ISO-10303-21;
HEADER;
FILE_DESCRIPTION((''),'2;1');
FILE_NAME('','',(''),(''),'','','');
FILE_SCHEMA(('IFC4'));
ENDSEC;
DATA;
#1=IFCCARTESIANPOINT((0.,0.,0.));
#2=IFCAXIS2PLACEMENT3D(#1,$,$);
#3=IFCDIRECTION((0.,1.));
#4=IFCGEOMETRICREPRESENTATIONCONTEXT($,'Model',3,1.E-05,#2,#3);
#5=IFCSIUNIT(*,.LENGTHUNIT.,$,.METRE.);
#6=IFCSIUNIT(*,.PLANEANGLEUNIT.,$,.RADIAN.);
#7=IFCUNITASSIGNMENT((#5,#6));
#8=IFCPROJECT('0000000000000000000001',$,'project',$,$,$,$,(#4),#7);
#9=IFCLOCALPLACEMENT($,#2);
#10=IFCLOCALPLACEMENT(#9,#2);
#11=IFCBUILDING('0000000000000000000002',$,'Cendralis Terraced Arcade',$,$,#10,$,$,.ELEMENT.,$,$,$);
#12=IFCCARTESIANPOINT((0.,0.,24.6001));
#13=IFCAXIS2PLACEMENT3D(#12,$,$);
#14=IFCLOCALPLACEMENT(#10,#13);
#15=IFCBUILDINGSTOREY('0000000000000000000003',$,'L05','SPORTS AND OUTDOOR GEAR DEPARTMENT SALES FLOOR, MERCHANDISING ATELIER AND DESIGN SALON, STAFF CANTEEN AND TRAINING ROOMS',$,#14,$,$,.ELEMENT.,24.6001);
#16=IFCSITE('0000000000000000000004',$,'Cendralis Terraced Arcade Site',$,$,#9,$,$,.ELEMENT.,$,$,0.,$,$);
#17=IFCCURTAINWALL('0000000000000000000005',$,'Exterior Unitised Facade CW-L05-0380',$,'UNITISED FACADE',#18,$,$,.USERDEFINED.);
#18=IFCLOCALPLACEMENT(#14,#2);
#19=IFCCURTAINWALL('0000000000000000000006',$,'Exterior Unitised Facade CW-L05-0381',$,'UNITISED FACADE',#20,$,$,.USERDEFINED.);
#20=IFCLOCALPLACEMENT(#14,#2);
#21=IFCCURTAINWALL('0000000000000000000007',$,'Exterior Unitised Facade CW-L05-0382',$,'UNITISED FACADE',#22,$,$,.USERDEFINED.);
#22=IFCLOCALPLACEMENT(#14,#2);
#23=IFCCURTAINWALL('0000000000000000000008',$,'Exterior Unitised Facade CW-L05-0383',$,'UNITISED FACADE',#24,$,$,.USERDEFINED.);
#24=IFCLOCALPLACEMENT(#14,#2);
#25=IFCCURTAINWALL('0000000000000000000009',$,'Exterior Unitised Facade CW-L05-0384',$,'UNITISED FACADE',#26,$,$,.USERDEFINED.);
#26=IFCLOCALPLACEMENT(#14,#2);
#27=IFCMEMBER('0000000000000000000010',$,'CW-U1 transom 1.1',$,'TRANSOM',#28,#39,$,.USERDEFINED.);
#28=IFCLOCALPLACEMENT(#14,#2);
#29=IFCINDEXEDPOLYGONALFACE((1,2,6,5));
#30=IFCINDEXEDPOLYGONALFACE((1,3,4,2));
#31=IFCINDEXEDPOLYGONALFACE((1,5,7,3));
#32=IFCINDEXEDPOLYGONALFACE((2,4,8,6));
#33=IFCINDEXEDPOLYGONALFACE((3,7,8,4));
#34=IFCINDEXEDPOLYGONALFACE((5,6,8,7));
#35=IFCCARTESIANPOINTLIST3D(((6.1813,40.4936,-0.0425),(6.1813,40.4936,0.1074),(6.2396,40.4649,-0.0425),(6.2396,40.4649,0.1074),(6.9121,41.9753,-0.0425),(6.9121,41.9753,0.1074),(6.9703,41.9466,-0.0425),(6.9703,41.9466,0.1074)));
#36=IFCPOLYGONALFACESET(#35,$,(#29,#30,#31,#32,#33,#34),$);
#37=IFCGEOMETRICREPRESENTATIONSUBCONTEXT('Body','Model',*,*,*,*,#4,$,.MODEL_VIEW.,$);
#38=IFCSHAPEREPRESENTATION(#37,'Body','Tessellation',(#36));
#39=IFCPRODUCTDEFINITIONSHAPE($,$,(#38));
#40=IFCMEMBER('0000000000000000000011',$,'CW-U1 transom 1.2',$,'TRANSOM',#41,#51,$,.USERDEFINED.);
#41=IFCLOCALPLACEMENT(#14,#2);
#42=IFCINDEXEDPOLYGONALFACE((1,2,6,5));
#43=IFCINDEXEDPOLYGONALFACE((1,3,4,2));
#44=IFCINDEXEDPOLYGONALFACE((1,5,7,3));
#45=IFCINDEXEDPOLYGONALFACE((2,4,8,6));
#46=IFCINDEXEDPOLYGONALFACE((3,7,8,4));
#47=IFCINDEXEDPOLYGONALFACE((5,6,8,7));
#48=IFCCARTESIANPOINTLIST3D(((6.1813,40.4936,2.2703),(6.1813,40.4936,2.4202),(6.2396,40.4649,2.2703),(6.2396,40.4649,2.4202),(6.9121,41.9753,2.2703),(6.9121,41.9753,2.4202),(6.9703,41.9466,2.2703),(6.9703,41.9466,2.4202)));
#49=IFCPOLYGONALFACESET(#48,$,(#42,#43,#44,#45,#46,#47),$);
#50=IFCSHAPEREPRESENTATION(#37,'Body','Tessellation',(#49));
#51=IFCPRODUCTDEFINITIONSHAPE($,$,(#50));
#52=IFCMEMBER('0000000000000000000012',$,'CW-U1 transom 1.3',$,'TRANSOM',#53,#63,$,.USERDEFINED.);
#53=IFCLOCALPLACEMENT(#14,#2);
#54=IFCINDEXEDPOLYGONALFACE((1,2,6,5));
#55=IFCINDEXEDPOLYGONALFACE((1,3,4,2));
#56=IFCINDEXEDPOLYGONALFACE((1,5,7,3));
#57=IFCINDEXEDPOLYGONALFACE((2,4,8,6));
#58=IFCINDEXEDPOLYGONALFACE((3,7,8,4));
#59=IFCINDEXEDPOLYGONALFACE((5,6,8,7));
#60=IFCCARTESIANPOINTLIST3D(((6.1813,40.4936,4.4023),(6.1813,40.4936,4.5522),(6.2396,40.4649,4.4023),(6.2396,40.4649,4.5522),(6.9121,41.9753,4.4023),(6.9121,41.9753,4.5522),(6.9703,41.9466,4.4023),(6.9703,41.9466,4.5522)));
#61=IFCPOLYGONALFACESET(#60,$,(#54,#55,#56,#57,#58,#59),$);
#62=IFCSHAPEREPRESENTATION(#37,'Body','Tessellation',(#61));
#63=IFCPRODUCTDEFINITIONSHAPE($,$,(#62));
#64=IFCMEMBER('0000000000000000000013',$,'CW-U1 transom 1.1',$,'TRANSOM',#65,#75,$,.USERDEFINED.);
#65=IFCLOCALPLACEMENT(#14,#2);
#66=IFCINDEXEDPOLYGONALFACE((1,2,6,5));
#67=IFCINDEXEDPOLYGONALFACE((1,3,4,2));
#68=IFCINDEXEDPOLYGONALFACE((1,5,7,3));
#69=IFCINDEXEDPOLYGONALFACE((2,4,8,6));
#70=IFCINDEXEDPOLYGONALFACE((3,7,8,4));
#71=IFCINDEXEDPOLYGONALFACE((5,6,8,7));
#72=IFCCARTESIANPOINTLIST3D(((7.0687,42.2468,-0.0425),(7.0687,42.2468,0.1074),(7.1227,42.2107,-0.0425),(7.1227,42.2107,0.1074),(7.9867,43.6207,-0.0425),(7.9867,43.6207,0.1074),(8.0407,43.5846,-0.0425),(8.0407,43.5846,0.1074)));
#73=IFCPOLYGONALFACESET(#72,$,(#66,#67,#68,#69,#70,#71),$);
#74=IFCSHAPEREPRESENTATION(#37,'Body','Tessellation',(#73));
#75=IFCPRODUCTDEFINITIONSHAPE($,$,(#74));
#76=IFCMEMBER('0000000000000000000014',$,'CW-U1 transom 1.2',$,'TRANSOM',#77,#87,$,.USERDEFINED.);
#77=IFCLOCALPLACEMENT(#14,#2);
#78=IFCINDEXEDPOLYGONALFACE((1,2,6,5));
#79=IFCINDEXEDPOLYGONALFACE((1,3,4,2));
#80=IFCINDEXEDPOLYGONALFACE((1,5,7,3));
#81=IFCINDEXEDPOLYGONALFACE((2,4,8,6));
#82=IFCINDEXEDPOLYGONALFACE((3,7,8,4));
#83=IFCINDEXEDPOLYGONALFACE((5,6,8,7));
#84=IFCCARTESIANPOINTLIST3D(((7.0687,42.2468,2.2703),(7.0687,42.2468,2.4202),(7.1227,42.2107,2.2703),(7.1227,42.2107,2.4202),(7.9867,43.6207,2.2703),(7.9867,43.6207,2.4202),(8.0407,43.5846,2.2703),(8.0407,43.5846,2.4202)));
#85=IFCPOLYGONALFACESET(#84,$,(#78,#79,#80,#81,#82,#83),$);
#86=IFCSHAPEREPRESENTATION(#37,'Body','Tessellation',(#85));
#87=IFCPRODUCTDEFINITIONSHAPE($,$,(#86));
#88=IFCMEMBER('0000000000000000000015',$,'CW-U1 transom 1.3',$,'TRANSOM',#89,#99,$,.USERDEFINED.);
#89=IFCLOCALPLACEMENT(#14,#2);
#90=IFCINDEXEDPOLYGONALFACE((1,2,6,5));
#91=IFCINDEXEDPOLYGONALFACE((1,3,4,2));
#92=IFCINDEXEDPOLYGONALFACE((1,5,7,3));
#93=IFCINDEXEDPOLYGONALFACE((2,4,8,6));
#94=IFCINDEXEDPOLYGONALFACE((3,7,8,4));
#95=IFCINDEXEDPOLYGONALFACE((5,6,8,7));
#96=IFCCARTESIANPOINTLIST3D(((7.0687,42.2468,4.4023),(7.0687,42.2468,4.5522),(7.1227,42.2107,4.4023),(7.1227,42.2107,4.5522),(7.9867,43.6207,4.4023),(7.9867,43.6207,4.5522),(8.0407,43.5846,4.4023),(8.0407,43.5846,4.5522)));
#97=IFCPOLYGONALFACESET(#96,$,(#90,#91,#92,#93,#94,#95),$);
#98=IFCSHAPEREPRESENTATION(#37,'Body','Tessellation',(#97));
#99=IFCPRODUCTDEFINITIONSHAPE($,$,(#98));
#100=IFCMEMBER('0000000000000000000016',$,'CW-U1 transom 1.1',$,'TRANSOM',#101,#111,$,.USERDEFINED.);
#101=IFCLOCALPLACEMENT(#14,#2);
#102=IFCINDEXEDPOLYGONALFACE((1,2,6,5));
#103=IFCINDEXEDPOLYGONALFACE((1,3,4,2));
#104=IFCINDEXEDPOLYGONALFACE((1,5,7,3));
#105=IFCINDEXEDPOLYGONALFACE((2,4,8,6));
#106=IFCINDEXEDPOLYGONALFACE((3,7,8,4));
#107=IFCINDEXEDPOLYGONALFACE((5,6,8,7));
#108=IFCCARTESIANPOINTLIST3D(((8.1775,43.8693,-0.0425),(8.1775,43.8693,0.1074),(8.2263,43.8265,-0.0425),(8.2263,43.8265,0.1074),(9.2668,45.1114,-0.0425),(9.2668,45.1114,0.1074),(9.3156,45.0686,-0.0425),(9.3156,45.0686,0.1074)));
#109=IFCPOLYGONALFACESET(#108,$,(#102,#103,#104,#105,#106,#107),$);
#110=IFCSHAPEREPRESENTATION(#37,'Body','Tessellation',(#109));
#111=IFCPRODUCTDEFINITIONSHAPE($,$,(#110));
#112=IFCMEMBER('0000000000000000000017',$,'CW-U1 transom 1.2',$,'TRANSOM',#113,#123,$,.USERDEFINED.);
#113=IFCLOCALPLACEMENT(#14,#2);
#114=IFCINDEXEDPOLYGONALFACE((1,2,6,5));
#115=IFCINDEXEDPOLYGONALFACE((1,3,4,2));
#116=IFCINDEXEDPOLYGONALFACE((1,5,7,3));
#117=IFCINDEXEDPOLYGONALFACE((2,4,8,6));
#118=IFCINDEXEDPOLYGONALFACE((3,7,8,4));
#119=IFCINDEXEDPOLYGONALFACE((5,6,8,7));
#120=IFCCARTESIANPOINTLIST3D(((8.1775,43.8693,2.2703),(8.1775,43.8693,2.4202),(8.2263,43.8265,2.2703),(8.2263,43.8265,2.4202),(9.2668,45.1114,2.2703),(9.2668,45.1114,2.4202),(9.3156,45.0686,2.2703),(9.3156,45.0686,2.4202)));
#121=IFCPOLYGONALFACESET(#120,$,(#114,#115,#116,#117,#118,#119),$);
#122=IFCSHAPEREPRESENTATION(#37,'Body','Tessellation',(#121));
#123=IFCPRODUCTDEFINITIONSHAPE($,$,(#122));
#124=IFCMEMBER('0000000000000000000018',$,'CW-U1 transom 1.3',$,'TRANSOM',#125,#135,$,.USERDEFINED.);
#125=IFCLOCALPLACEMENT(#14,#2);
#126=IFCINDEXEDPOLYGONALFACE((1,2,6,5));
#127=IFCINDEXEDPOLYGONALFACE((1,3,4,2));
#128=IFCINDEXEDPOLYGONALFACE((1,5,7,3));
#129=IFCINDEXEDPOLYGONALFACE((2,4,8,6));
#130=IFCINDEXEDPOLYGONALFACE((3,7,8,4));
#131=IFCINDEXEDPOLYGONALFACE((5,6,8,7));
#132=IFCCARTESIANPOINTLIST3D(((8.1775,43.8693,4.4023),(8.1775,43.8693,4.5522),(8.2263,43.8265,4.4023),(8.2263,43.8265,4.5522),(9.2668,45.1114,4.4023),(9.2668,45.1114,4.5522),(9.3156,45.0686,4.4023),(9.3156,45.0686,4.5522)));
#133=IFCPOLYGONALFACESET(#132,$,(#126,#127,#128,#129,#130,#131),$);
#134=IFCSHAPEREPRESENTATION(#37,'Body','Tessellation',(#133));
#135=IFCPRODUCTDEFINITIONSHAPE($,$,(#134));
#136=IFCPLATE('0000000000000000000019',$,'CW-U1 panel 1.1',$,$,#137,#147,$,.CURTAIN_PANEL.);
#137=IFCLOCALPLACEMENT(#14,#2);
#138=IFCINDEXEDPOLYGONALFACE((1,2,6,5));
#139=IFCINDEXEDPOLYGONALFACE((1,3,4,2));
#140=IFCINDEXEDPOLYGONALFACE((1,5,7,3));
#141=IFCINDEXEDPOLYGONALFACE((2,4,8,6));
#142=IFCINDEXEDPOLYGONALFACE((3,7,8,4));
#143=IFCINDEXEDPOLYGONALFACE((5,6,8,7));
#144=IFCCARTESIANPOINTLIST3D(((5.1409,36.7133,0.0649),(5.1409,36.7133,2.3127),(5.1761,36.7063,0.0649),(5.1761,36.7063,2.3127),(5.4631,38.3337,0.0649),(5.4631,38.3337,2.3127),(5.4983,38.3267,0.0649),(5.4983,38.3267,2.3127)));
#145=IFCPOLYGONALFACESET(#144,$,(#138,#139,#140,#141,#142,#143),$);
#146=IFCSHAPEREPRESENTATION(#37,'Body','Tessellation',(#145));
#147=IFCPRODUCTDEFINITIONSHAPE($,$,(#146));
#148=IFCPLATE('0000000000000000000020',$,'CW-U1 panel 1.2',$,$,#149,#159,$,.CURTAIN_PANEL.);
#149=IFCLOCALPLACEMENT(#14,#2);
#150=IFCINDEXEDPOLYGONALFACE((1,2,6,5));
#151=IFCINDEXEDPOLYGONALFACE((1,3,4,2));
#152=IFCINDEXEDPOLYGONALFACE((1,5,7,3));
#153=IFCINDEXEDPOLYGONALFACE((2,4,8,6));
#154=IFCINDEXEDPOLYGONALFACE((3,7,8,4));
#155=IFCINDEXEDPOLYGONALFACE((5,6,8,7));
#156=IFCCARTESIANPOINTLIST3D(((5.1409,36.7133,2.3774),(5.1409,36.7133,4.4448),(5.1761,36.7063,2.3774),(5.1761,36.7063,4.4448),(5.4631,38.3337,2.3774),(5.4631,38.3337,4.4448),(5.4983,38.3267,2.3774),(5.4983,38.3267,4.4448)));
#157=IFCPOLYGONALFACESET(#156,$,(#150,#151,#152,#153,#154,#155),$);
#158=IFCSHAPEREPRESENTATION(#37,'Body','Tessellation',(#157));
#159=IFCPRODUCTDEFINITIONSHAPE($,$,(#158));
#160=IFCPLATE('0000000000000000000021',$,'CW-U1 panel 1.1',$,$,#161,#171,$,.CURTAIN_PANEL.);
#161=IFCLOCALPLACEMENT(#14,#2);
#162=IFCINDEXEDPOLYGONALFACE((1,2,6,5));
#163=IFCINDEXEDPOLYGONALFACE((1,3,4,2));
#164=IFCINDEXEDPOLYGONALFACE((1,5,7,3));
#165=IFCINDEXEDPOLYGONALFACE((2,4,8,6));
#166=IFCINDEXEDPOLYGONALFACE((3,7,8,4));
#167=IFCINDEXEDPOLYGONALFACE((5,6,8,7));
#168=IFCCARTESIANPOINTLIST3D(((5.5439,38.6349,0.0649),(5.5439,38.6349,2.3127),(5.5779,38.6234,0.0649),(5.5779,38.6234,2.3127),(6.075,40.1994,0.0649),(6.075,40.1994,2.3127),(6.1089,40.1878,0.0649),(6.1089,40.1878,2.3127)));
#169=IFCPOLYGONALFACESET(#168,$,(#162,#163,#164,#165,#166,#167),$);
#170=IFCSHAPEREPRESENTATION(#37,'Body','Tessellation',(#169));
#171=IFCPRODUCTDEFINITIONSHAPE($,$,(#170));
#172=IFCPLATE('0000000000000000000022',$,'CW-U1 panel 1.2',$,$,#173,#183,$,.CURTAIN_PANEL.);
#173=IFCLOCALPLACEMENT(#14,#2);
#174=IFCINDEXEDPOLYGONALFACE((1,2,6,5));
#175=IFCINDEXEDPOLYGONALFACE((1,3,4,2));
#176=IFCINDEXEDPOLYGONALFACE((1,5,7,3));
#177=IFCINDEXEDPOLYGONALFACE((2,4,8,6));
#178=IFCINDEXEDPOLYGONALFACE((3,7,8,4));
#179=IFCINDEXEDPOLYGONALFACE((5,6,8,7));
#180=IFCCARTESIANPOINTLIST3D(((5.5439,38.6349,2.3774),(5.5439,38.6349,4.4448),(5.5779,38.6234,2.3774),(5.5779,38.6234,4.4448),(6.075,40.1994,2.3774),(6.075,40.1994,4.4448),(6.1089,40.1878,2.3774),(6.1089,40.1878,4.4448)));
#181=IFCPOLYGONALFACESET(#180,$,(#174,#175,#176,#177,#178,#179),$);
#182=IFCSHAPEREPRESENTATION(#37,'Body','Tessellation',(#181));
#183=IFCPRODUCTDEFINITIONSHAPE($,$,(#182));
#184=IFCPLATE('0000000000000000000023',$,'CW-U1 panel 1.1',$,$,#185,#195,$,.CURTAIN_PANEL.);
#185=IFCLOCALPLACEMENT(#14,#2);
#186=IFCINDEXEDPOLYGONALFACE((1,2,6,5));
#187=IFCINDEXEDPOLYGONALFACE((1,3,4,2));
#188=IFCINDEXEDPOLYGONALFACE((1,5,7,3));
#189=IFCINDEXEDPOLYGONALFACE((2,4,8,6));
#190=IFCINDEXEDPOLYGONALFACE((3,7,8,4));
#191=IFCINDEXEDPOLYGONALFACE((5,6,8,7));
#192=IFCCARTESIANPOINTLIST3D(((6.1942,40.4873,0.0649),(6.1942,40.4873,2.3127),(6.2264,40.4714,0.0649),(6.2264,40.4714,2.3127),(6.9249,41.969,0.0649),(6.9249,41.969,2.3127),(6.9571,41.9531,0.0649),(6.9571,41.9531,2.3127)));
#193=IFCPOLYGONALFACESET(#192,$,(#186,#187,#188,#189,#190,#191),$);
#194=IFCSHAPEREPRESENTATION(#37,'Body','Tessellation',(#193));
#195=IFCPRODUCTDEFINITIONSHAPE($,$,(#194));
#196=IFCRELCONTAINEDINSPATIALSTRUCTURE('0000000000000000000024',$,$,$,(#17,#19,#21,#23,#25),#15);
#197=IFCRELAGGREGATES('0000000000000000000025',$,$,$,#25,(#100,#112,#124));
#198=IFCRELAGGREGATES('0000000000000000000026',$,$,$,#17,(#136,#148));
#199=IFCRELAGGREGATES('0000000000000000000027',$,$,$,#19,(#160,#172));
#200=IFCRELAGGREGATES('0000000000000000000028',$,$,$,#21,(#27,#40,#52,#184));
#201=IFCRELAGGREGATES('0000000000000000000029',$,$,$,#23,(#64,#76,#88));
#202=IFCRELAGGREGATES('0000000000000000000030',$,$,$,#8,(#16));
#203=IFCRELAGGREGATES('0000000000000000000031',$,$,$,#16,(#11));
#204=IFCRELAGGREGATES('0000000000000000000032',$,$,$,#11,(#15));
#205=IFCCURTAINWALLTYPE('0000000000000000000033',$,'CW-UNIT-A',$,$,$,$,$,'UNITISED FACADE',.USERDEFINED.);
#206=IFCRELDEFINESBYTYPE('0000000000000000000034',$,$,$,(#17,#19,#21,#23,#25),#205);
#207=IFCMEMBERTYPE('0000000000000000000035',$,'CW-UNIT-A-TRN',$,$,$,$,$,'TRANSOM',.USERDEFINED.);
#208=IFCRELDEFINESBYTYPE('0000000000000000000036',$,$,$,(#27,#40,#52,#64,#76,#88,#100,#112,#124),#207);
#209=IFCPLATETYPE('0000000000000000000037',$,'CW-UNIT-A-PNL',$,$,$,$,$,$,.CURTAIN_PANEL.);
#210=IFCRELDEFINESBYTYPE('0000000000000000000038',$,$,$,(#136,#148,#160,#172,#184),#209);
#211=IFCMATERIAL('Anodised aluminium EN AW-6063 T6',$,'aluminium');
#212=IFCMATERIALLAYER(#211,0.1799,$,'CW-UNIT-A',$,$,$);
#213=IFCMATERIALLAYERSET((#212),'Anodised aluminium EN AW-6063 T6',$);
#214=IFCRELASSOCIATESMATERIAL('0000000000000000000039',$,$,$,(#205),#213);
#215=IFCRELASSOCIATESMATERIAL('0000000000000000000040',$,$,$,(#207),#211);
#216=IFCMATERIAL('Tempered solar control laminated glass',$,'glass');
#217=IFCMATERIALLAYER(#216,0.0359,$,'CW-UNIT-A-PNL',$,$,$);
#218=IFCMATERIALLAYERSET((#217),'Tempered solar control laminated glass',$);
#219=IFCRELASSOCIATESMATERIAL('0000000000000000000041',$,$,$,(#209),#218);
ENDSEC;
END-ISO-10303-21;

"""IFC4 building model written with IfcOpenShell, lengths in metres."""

from ifc_helpers import new_model, si_unit, direction, frame, origin, origin_2d, place, context, subcontext, project, spatial, rectangle, extrude, material, layer, layer_set, material_profile, profile_set, type_object, element, aggregate, save


model = new_model("IFC4")

# Units and contexts
model_context = context("Model", 3, precision=1e-05, world=origin(), true_north=direction((0.0, 1.0)))
body_context = subcontext(model_context, "Body", "Model", "MODEL_VIEW")
ifc_project = project(units=[si_unit("LENGTHUNIT", "METRE"), si_unit("PLANEANGLEUNIT", "RADIAN")], contexts=[model_context])

# Site, building, storey
site_placement = place(None, origin())
site = spatial("IfcSite", under=ifc_project, at=site_placement, Name="Cendralis Terraced Arcade Site", CompositionType="ELEMENT", RefElevation=0.0)
building_placement = place(site_placement, origin())
building = spatial("IfcBuilding", under=site, at=building_placement, Name="Cendralis Terraced Arcade", CompositionType="ELEMENT")
storey_placement = place(building_placement, frame((0.0, 0.0, 24.6001)))
storey = spatial("IfcBuildingStorey", under=building, at=storey_placement, Name="L05", Description="SPORTS AND OUTDOOR GEAR DEPARTMENT SALES FLOOR, MERCHANDISING ATELIER AND DESIGN SALON, STAFF CANTEEN AND TRAINING ROOMS", CompositionType="ELEMENT", Elevation=24.6001)

# Curtain walls
ifc_material_1 = material(Name="Anodised aluminium EN AW-6063 T6", Category="aluminium")
ifc_layer_1 = layer(ifc_material_1, 0.1799, Name="CW-UNIT-A")
ifc_layer_set_1 = layer_set([ifc_layer_1], Name="Anodised aluminium EN AW-6063 T6")
curtain_wall_type = type_object("IfcCurtainWallType", Name="CW-UNIT-A", ElementType="UNITISED FACADE", PredefinedType="USERDEFINED", material=ifc_layer_set_1)
curtain_wall_1_placement = place(storey_placement, origin())
curtain_wall_1 = element("IfcCurtainWall", 1, at=curtain_wall_1_placement, inside=storey, type_object=curtain_wall_type, Name="Exterior Unitised Facade CW-L05-0380", ObjectType="UNITISED FACADE", PredefinedType="USERDEFINED")
curtain_wall_2_placement = place(storey_placement, origin())
curtain_wall_2 = element("IfcCurtainWall", 2, at=curtain_wall_2_placement, inside=storey, type_object=curtain_wall_type, Name="Exterior Unitised Facade CW-L05-0381", ObjectType="UNITISED FACADE", PredefinedType="USERDEFINED")
curtain_wall_3_placement = place(storey_placement, origin())
curtain_wall_3 = element("IfcCurtainWall", 3, at=curtain_wall_3_placement, inside=storey, type_object=curtain_wall_type, Name="Exterior Unitised Facade CW-L05-0382", ObjectType="UNITISED FACADE", PredefinedType="USERDEFINED")
curtain_wall_4_placement = place(storey_placement, origin())
curtain_wall_4 = element("IfcCurtainWall", 4, at=curtain_wall_4_placement, inside=storey, type_object=curtain_wall_type, Name="Exterior Unitised Facade CW-L05-0383", ObjectType="UNITISED FACADE", PredefinedType="USERDEFINED")

# Curtain wall
curtain_wall_5_placement = place(storey_placement, origin())
curtain_wall_5 = element("IfcCurtainWall", 5, at=curtain_wall_5_placement, inside=storey, type_object=curtain_wall_type, Name="Exterior Unitised Facade CW-L05-0384", ObjectType="UNITISED FACADE", PredefinedType="USERDEFINED")

# Members
ifc_material_profile_1 = material_profile(ifc_material_1, rectangle(XDim=0.0649, YDim=0.1499, at=origin_2d()), Name="ALU-TRN-65x150")
ifc_profile_set_1 = profile_set([ifc_material_profile_1], Name="Anodised aluminium EN AW-6063 T6")
member_type_1 = type_object("IfcMemberType", Name="CW-UNIT-A-TRN", ElementType="TRANSOM", PredefinedType="USERDEFINED", material=ifc_profile_set_1)
member_1_placement = place(storey_placement, frame((6.2104, 40.4792, 0.0325), z_axis=(0.442301, 0.896867, 0.0), x_axis=(-0.896867, 0.442301, 0.0)))
member_1 = element("IfcMember", 6, at=member_1_placement, type_object=member_type_1, Name="CW-U1 transom 1.1", ObjectType="TRANSOM", PredefinedType="USERDEFINED", context=body_context, shape_type="SweptSolid", body=[
    extrude(rectangle(XDim=0.0649, YDim=0.1499, at=origin_2d()), origin(), (0.0, 0.0, 1.0), 1.6521),
])
member_2_placement = place(storey_placement, frame((6.2104, 40.4792, 2.3452), z_axis=(0.442301, 0.896867, 0.0), x_axis=(-0.896867, 0.442301, 0.0)))
member_2 = element("IfcMember", 7, at=member_2_placement, type_object=member_type_1, Name="CW-U1 transom 1.2", ObjectType="TRANSOM", PredefinedType="USERDEFINED", context=body_context, shape_type="SweptSolid", body=[
    extrude(rectangle(XDim=0.0649, YDim=0.1499, at=origin_2d()), origin(), (0.0, 0.0, 1.0), 1.6521),
])
member_3_placement = place(storey_placement, frame((6.2104, 40.4792, 4.4773), z_axis=(0.442301, 0.896867, 0.0), x_axis=(-0.896867, 0.442301, 0.0)))
member_3 = element("IfcMember", 8, at=member_3_placement, type_object=member_type_1, Name="CW-U1 transom 1.3", ObjectType="TRANSOM", PredefinedType="USERDEFINED", context=body_context, shape_type="SweptSolid", body=[
    extrude(rectangle(XDim=0.0649, YDim=0.1499, at=origin_2d()), origin(), (0.0, 0.0, 1.0), 1.6521),
])
member_4_placement = place(storey_placement, frame((7.0957, 42.2288, 0.0325), z_axis=(0.555586, 0.831459, 0.0), x_axis=(-0.831459, 0.555586, 0.0)))
member_4 = element("IfcMember", 9, at=member_4_placement, type_object=member_type_1, Name="CW-U1 transom 1.1", ObjectType="TRANSOM", PredefinedType="USERDEFINED", context=body_context, shape_type="SweptSolid", body=[
    extrude(rectangle(XDim=0.0649, YDim=0.1499, at=origin_2d()), origin(), (0.0, 0.0, 1.0), 1.6523),
])
member_5_placement = place(storey_placement, frame((7.0957, 42.2288, 2.3452), z_axis=(0.555586, 0.831459, 0.0), x_axis=(-0.831459, 0.555586, 0.0)))
member_5 = element("IfcMember", 10, at=member_5_placement, type_object=member_type_1, Name="CW-U1 transom 1.2", ObjectType="TRANSOM", PredefinedType="USERDEFINED", context=body_context, shape_type="SweptSolid", body=[
    extrude(rectangle(XDim=0.0649, YDim=0.1499, at=origin_2d()), origin(), (0.0, 0.0, 1.0), 1.6523),
])
member_6_placement = place(storey_placement, frame((7.0957, 42.2288, 4.4773), z_axis=(0.555586, 0.831459, 0.0), x_axis=(-0.831459, 0.555586, 0.0)))
member_6 = element("IfcMember", 11, at=member_6_placement, type_object=member_type_1, Name="CW-U1 transom 1.3", ObjectType="TRANSOM", PredefinedType="USERDEFINED", context=body_context, shape_type="SweptSolid", body=[
    extrude(rectangle(XDim=0.0649, YDim=0.1499, at=origin_2d()), origin(), (0.0, 0.0, 1.0), 1.6523),
])
member_7_placement = place(storey_placement, frame((8.2019, 43.8479, 0.0325), z_axis=(0.659341, 0.751844, 0.0), x_axis=(-0.751844, 0.659341, 0.0)))
member_7 = element("IfcMember", 12, at=member_7_placement, type_object=member_type_1, Name="CW-U1 transom 1.1", ObjectType="TRANSOM", PredefinedType="USERDEFINED", context=body_context, shape_type="SweptSolid", body=[
    extrude(rectangle(XDim=0.0649, YDim=0.1499, at=origin_2d()), origin(), (0.0, 0.0, 1.0), 1.6521),
])
member_8_placement = place(storey_placement, frame((8.2019, 43.8479, 2.3452), z_axis=(0.659341, 0.751844, 0.0), x_axis=(-0.751844, 0.659341, 0.0)))
member_8 = element("IfcMember", 13, at=member_8_placement, type_object=member_type_1, Name="CW-U1 transom 1.2", ObjectType="TRANSOM", PredefinedType="USERDEFINED", context=body_context, shape_type="SweptSolid", body=[
    extrude(rectangle(XDim=0.0649, YDim=0.1499, at=origin_2d()), origin(), (0.0, 0.0, 1.0), 1.6521),
])
member_9_placement = place(storey_placement, frame((8.2019, 43.8479, 4.4773), z_axis=(0.659341, 0.751844, 0.0), x_axis=(-0.751844, 0.659341, 0.0)))
member_9 = element("IfcMember", 14, at=member_9_placement, type_object=member_type_1, Name="CW-U1 transom 1.3", ObjectType="TRANSOM", PredefinedType="USERDEFINED", context=body_context, shape_type="SweptSolid", body=[
    extrude(rectangle(XDim=0.0649, YDim=0.1499, at=origin_2d()), origin(), (0.0, 0.0, 1.0), 1.6521),
])
aggregate(curtain_wall_5, [member_7, member_8, member_9])

# Plates
ifc_material_2 = material(Name="Tempered solar control laminated glass", Category="glass")
ifc_layer_2 = layer(ifc_material_2, 0.0359, Name="CW-UNIT-A-PNL")
ifc_layer_set_2 = layer_set([ifc_layer_2], Name="Tempered solar control laminated glass")
plate_type = type_object("IfcPlateType", Name="CW-UNIT-A-PNL", PredefinedType="CURTAIN_PANEL", material=ifc_layer_set_2)
plate_1_placement = place(storey_placement, frame((5.3196, 37.52, 0.0649), z_axis=(0.0, 0.0, 1.0), x_axis=(0.195058, 0.980792, 0.0)))
plate_1 = element("IfcPlate", 15, at=plate_1_placement, type_object=plate_type, Name="CW-U1 panel 1.1", PredefinedType="CURTAIN_PANEL", context=body_context, shape_type="SweptSolid", body=[
    extrude(rectangle(XDim=1.6521, YDim=0.0359, at=origin_2d()), origin(), (0.0, 0.0, 1.0), 2.2478),
])
plate_2_placement = place(storey_placement, frame((5.3196, 37.52, 2.3774), z_axis=(0.0, 0.0, 1.0), x_axis=(0.195058, 0.980792, 0.0)))
plate_2 = element("IfcPlate", 16, at=plate_2_placement, type_object=plate_type, Name="CW-U1 panel 1.2", PredefinedType="CURTAIN_PANEL", context=body_context, shape_type="SweptSolid", body=[
    extrude(rectangle(XDim=1.6521, YDim=0.0359, at=origin_2d()), origin(), (0.0, 0.0, 1.0), 2.0674),
])
aggregate(curtain_wall_1, [plate_1, plate_2])
plate_3_placement = place(storey_placement, frame((5.8264, 39.4114, 0.0649), z_axis=(0.0, 0.0, 1.0), x_axis=(0.321458, 0.946924, 0.0)))
plate_3 = element("IfcPlate", 17, at=plate_3_placement, type_object=plate_type, Name="CW-U1 panel 1.1", PredefinedType="CURTAIN_PANEL", context=body_context, shape_type="SweptSolid", body=[
    extrude(rectangle(XDim=1.6521, YDim=0.0359, at=origin_2d()), origin(), (0.0, 0.0, 1.0), 2.2478),
])
plate_4_placement = place(storey_placement, frame((5.8264, 39.4114, 2.3774), z_axis=(0.0, 0.0, 1.0), x_axis=(0.321458, 0.946924, 0.0)))
plate_4 = element("IfcPlate", 18, at=plate_4_placement, type_object=plate_type, Name="CW-U1 panel 1.2", PredefinedType="CURTAIN_PANEL", context=body_context, shape_type="SweptSolid", body=[
    extrude(rectangle(XDim=1.6521, YDim=0.0359, at=origin_2d()), origin(), (0.0, 0.0, 1.0), 2.0674),
])
aggregate(curtain_wall_2, [plate_3, plate_4])
plate_5_placement = place(storey_placement, frame((6.5757, 41.2202, 0.0649), z_axis=(0.0, 0.0, 1.0), x_axis=(0.442291, 0.896871, 0.0)))
plate_5 = element("IfcPlate", 19, at=plate_5_placement, type_object=plate_type, Name="CW-U1 panel 1.1", PredefinedType="CURTAIN_PANEL", context=body_context, shape_type="SweptSolid", body=[
    extrude(rectangle(XDim=1.6521, YDim=0.0359, at=origin_2d()), origin(), (0.0, 0.0, 1.0), 2.2478),
])
aggregate(curtain_wall_3, [member_1, member_2, member_3, plate_5])
aggregate(curtain_wall_4, [member_4, member_5, member_6])

save(model, "model.ifc")
